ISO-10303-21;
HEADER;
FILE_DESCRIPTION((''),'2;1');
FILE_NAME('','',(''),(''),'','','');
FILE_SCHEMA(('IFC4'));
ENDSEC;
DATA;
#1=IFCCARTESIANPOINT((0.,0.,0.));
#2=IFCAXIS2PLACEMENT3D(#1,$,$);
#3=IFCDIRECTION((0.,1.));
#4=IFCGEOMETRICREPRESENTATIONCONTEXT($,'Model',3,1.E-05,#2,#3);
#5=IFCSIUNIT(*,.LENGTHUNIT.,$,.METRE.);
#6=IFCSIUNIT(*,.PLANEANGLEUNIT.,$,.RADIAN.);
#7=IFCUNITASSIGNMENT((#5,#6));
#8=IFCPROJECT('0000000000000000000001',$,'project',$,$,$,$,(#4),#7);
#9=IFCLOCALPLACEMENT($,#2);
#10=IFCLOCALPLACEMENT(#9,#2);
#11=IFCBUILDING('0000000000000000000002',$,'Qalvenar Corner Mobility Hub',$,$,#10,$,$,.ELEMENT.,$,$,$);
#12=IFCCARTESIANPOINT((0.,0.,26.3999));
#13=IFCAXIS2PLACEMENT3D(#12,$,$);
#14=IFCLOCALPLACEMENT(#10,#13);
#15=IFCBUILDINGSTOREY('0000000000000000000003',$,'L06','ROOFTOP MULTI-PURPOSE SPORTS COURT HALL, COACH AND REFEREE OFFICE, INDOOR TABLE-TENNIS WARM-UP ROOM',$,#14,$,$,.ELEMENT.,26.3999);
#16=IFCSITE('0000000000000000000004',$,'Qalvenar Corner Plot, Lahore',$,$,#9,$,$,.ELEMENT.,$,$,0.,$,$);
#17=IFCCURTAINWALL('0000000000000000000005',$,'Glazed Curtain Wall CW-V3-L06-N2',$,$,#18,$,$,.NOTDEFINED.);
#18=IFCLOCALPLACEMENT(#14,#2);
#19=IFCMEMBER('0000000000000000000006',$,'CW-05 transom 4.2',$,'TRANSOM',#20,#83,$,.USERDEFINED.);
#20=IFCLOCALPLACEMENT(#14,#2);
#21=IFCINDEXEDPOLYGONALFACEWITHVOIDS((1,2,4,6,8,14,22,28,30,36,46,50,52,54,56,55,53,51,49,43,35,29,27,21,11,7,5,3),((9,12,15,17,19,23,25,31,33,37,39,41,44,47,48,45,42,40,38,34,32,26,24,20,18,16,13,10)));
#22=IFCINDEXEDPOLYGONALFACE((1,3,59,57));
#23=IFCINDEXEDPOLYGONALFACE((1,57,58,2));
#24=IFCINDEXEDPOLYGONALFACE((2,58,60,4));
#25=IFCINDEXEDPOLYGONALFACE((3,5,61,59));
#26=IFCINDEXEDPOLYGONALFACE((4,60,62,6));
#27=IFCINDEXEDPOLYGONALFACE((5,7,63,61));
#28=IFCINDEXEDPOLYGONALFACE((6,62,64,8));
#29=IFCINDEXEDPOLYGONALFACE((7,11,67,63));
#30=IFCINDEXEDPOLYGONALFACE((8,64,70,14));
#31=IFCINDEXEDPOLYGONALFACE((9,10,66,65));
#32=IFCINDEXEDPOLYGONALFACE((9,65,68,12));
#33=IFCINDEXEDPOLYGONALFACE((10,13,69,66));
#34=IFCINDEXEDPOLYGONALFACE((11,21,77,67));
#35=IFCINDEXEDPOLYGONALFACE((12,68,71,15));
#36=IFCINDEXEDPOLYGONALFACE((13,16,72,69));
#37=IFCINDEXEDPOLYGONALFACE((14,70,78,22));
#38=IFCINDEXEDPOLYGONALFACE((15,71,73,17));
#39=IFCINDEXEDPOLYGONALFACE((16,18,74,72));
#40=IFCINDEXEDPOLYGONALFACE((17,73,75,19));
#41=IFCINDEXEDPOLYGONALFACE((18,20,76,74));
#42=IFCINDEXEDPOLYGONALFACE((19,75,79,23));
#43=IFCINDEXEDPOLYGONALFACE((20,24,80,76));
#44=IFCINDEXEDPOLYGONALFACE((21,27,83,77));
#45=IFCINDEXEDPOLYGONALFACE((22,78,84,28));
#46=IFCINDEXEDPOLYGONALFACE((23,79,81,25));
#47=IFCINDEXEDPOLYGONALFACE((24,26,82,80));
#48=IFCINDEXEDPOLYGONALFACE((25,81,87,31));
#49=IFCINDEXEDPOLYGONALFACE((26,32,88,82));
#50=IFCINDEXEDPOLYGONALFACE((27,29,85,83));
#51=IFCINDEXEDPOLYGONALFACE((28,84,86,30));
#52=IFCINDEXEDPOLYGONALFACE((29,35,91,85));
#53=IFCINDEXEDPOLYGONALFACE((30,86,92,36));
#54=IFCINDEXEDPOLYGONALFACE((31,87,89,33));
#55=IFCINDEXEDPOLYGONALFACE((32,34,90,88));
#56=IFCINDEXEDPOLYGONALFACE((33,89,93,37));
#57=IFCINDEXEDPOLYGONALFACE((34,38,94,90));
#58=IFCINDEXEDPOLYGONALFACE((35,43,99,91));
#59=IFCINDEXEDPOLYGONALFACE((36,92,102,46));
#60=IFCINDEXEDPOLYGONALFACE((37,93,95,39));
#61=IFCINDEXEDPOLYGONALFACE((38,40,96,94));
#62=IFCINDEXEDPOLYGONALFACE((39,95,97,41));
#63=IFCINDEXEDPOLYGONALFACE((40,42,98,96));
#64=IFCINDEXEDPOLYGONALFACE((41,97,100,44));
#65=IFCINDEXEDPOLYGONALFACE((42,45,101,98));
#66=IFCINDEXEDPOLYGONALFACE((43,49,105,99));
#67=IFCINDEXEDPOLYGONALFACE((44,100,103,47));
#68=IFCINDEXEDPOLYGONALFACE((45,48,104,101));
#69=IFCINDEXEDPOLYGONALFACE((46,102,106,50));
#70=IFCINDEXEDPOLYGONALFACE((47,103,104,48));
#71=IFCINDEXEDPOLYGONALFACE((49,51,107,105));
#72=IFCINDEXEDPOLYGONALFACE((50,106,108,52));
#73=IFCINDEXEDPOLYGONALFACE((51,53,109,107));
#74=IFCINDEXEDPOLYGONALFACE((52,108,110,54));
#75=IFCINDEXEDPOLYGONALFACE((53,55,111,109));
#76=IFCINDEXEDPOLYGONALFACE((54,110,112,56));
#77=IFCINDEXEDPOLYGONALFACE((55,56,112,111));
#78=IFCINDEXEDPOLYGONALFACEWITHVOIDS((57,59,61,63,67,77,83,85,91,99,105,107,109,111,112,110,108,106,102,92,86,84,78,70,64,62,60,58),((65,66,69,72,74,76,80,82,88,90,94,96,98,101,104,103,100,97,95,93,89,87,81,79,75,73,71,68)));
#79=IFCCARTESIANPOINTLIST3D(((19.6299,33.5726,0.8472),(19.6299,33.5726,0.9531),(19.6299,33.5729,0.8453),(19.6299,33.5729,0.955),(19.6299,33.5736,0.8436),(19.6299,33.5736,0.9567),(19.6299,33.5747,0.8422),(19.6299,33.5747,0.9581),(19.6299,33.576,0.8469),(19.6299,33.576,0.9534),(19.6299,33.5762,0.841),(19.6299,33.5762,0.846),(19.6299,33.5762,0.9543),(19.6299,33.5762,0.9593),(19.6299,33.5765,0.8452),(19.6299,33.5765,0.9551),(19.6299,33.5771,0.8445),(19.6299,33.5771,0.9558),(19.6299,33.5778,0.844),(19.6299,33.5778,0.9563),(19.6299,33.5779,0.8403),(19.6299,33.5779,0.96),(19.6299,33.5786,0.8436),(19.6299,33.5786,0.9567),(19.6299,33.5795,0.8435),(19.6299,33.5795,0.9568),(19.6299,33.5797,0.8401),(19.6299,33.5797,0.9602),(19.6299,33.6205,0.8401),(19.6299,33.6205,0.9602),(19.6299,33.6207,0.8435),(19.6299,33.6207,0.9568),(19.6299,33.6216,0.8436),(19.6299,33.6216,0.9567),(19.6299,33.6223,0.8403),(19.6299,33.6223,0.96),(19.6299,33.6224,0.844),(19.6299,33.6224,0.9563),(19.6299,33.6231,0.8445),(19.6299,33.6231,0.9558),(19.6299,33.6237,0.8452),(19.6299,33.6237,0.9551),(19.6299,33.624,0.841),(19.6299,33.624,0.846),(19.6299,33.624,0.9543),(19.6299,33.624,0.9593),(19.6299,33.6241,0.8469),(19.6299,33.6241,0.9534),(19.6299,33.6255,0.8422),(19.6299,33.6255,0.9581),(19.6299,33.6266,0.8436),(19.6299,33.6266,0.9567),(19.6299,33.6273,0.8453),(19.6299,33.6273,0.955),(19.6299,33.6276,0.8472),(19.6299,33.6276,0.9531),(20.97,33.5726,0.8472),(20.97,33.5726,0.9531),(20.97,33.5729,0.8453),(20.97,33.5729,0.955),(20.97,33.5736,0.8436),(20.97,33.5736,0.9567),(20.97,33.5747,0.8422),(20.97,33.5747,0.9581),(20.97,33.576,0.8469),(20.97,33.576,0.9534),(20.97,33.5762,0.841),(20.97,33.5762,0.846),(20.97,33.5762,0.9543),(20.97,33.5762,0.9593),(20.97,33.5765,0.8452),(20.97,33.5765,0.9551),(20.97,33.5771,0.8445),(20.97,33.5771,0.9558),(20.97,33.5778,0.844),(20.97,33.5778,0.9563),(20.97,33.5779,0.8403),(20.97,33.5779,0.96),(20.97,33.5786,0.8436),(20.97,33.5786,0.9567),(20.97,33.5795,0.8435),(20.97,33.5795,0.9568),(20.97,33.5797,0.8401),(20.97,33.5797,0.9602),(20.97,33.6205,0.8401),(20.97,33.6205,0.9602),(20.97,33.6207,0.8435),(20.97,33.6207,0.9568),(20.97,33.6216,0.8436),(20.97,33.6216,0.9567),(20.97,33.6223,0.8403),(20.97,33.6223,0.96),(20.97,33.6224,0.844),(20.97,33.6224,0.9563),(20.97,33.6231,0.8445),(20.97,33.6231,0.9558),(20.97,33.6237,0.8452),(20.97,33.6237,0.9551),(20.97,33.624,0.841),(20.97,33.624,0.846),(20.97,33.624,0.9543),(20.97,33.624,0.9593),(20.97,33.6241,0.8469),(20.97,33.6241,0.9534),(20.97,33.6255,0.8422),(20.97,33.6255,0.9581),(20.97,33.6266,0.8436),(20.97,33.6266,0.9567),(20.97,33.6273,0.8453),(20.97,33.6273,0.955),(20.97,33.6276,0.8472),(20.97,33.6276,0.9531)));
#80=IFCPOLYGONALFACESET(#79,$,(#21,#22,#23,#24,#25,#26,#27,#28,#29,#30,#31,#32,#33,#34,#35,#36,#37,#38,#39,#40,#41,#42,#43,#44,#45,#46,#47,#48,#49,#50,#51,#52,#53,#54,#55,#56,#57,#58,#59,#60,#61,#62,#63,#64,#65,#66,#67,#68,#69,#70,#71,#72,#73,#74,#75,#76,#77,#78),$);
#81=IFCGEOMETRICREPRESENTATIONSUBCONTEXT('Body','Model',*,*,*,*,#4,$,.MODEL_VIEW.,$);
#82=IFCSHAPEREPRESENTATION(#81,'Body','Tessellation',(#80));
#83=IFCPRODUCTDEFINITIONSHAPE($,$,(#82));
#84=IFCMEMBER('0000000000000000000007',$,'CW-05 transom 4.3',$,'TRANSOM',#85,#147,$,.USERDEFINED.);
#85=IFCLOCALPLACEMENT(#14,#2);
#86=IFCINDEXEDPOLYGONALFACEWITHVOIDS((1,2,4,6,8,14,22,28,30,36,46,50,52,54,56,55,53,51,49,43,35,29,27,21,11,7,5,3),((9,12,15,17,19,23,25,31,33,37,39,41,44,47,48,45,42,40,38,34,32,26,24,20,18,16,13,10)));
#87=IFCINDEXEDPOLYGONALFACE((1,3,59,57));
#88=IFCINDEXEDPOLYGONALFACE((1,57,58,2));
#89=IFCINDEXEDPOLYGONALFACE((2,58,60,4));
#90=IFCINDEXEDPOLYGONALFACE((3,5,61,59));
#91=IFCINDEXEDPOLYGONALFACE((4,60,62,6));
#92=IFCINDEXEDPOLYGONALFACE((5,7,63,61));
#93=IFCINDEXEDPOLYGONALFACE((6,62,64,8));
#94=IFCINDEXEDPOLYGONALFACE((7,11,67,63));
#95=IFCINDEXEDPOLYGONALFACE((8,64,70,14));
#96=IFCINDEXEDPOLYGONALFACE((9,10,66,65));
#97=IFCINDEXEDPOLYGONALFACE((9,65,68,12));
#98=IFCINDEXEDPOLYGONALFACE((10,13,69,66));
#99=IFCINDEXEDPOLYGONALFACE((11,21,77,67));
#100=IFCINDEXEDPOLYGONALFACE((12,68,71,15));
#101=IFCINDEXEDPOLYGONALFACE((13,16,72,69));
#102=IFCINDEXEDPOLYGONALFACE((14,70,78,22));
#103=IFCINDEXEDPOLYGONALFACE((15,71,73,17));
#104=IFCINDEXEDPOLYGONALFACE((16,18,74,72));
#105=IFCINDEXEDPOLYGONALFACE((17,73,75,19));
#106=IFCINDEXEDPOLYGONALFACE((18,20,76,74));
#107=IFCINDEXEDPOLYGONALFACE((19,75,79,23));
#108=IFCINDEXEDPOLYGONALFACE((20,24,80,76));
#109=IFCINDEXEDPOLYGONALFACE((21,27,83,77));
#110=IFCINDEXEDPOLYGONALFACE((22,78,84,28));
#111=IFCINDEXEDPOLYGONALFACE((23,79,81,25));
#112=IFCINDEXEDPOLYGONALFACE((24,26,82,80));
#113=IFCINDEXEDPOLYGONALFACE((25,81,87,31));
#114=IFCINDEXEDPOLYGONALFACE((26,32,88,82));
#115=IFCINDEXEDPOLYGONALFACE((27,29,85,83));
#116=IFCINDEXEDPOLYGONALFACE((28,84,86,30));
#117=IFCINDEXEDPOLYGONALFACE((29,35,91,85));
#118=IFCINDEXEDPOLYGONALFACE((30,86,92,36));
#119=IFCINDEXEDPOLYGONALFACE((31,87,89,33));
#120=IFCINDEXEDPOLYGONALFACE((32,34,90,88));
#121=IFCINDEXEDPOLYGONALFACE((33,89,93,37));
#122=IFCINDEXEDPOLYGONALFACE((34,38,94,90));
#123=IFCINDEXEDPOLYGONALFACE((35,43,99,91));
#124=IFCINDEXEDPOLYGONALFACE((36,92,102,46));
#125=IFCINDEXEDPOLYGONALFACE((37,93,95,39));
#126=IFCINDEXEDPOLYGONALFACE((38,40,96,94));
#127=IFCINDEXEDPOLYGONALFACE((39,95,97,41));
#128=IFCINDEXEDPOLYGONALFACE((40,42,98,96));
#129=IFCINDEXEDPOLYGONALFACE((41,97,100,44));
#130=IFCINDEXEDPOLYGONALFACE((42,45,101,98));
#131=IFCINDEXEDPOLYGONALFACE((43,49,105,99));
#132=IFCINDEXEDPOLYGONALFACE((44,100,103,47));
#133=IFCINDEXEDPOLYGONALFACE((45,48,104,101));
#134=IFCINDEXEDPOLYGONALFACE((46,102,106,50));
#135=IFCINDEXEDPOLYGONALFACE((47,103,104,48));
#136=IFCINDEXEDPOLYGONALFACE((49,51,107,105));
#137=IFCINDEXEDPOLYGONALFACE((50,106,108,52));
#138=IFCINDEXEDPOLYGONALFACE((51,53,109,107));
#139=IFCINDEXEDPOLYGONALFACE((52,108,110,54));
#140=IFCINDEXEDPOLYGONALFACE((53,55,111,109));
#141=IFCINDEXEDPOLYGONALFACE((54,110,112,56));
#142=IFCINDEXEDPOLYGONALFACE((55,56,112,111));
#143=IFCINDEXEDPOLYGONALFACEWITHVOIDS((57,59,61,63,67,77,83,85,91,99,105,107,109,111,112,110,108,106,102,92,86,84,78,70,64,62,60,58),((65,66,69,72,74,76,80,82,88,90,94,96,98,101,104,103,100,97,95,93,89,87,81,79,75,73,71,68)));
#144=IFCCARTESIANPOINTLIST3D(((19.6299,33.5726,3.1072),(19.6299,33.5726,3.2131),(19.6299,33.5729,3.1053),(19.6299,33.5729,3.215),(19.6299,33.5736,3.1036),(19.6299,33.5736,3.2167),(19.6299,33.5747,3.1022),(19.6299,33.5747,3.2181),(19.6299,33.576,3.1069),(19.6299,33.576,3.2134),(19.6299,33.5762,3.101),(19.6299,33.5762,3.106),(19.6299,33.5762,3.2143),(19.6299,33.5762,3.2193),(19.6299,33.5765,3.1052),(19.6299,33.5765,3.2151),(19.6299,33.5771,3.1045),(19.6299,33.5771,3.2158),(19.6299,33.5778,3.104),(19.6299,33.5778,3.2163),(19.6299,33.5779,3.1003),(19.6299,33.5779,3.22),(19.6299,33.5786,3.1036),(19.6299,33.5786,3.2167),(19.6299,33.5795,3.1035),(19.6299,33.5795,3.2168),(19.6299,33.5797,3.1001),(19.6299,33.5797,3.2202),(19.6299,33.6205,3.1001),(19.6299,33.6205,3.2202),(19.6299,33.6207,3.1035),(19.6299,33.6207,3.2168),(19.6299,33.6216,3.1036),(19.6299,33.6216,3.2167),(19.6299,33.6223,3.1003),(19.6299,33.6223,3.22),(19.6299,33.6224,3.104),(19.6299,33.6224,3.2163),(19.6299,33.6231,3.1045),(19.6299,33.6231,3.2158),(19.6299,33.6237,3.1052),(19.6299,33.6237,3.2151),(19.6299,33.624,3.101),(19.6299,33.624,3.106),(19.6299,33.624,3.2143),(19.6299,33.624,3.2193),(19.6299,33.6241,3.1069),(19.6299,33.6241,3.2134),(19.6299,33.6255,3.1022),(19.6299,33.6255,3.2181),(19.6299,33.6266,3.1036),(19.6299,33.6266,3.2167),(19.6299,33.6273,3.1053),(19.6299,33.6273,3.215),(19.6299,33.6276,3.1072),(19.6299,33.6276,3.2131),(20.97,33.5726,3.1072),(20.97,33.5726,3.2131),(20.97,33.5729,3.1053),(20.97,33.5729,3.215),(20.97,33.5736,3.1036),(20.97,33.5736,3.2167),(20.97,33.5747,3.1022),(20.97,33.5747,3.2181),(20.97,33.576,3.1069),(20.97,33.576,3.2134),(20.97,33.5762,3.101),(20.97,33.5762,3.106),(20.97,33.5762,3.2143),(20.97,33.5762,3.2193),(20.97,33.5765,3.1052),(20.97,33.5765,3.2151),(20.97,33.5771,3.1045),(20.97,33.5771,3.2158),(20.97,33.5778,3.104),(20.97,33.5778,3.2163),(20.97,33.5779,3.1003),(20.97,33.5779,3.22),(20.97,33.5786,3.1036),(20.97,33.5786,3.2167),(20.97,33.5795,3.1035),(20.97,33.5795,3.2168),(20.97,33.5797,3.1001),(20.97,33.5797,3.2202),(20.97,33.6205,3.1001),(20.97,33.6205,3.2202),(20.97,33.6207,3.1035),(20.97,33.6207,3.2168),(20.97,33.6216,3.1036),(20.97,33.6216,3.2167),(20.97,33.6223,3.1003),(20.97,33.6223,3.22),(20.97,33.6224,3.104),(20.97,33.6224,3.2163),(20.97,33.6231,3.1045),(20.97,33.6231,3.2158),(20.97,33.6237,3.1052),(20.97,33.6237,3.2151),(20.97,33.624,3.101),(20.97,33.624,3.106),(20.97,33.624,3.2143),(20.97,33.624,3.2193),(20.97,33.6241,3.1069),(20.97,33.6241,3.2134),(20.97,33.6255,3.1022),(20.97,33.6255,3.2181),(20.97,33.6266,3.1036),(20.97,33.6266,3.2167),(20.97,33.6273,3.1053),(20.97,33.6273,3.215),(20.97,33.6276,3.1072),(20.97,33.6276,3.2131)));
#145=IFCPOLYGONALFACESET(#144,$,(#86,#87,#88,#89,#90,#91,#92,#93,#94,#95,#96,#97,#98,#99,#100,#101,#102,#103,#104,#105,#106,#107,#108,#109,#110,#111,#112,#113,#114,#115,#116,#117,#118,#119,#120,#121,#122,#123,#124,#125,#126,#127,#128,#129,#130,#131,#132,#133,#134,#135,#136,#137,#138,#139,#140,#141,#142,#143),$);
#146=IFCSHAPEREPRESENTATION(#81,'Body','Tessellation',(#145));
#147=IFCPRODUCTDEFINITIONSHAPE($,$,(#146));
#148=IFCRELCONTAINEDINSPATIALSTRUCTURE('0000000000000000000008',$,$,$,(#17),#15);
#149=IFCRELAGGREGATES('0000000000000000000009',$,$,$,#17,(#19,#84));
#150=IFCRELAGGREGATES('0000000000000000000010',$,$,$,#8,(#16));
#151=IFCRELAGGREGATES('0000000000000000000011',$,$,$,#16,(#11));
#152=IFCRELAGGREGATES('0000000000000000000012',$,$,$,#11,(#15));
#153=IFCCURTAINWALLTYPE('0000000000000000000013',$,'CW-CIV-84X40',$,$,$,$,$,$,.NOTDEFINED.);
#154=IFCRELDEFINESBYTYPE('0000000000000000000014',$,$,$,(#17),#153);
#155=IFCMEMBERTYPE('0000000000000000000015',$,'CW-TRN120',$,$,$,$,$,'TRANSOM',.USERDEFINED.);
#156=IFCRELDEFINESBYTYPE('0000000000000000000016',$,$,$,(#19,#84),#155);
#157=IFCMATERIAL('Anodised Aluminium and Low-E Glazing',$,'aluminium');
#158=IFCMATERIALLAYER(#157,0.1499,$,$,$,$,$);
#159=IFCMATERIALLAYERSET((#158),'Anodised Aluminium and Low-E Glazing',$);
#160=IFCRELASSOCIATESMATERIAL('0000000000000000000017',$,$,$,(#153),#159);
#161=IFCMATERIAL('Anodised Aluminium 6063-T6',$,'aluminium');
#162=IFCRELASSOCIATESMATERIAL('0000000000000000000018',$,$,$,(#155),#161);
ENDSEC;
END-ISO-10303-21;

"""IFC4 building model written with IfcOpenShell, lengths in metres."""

from ifc_helpers import new_model, si_unit, direction, frame, origin, origin_2d, place, context, subcontext, project, spatial, hollow_rectangle, extrude, material, layer, layer_set, material_profile, profile_set, type_object, element, aggregate, save


model = new_model("IFC4")

# Units and contexts
model_context = context("Model", 3, precision=1e-05, world=origin(), true_north=direction((0.0, 1.0)))
body_context = subcontext(model_context, "Body", "Model", "MODEL_VIEW")
ifc_project = project(units=[si_unit("LENGTHUNIT", "METRE"), si_unit("PLANEANGLEUNIT", "RADIAN")], contexts=[model_context])

# Site, building, storey
site_placement = place(None, origin())
site = spatial("IfcSite", under=ifc_project, at=site_placement, Name="Qalvenar Corner Plot, Lahore", CompositionType="ELEMENT", RefElevation=0.0)
building_placement = place(site_placement, origin())
building = spatial("IfcBuilding", under=site, at=building_placement, Name="Qalvenar Corner Mobility Hub", CompositionType="ELEMENT")
storey_placement = place(building_placement, frame((0.0, 0.0, 26.3999)))
storey = spatial("IfcBuildingStorey", under=building, at=storey_placement, Name="L06", Description="ROOFTOP MULTI-PURPOSE SPORTS COURT HALL, COACH AND REFEREE OFFICE, INDOOR TABLE-TENNIS WARM-UP ROOM", CompositionType="ELEMENT", Elevation=26.3999)

# Curtain wall
ifc_material_1 = material(Name="Anodised Aluminium and Low-E Glazing", Category="aluminium")
ifc_material_2 = material(Name="Anodised Aluminium 6063-T6", Category="aluminium")
ifc_layer_1 = layer(ifc_material_1, 0.1499)
ifc_layer_set_1 = layer_set([ifc_layer_1], Name="Anodised Aluminium and Low-E Glazing")
curtain_wall_type_1 = type_object("IfcCurtainWallType", Name="CW-CIV-84X40", PredefinedType="NOTDEFINED", material=ifc_layer_set_1)
curtain_wall_1_placement = place(storey_placement, origin())
curtain_wall_1 = element("IfcCurtainWall", 1, at=curtain_wall_1_placement, inside=storey, type_object=curtain_wall_type_1, Name="Glazed Curtain Wall CW-V3-L06-N2", PredefinedType="NOTDEFINED")

# Members
ifc_material_profile_1 = material_profile(ifc_material_2, hollow_rectangle(XDim=0.0549, YDim=0.1201, WallThickness=0.0034, InnerFilletRadius=0.0034, OuterFilletRadius=0.0071, at=origin_2d()), Name="RHS120x55x3.5")
ifc_profile_set_1 = profile_set([ifc_material_profile_1], Name="Anodised Aluminium 6063-T6")
member_type_1 = type_object("IfcMemberType", Name="CW-TRN120", ElementType="TRANSOM", PredefinedType="USERDEFINED", material=ifc_profile_set_1)
member_1_placement = place(storey_placement, frame((20.97, 33.6001, 0.9001), z_axis=(-1.0, 0.0, 0.0), x_axis=(0.0, -1.0, 0.0)))
member_1 = element("IfcMember", 2, at=member_1_placement, type_object=member_type_1, Name="CW-05 transom 4.2", ObjectType="TRANSOM", PredefinedType="USERDEFINED", context=body_context, shape_type="SweptSolid", body=[
    extrude(hollow_rectangle(XDim=0.0549, YDim=0.1201, WallThickness=0.0034, InnerFilletRadius=0.0034, OuterFilletRadius=0.0071, at=origin_2d()), origin(), (0.0, 0.0, 1.0), 1.3401),
])
member_2_placement = place(storey_placement, frame((20.97, 33.6001, 3.1602), z_axis=(-1.0, 0.0, 0.0), x_axis=(0.0, -1.0, 0.0)))
member_2 = element("IfcMember", 3, at=member_2_placement, type_object=member_type_1, Name="CW-05 transom 4.3", ObjectType="TRANSOM", PredefinedType="USERDEFINED", context=body_context, shape_type="SweptSolid", body=[
    extrude(hollow_rectangle(XDim=0.0549, YDim=0.1201, WallThickness=0.0034, InnerFilletRadius=0.0034, OuterFilletRadius=0.0071, at=origin_2d()), origin(), (0.0, 0.0, 1.0), 1.3401),
])

aggregate(curtain_wall_1, [member_1, member_2])

save(model, "model.ifc")
